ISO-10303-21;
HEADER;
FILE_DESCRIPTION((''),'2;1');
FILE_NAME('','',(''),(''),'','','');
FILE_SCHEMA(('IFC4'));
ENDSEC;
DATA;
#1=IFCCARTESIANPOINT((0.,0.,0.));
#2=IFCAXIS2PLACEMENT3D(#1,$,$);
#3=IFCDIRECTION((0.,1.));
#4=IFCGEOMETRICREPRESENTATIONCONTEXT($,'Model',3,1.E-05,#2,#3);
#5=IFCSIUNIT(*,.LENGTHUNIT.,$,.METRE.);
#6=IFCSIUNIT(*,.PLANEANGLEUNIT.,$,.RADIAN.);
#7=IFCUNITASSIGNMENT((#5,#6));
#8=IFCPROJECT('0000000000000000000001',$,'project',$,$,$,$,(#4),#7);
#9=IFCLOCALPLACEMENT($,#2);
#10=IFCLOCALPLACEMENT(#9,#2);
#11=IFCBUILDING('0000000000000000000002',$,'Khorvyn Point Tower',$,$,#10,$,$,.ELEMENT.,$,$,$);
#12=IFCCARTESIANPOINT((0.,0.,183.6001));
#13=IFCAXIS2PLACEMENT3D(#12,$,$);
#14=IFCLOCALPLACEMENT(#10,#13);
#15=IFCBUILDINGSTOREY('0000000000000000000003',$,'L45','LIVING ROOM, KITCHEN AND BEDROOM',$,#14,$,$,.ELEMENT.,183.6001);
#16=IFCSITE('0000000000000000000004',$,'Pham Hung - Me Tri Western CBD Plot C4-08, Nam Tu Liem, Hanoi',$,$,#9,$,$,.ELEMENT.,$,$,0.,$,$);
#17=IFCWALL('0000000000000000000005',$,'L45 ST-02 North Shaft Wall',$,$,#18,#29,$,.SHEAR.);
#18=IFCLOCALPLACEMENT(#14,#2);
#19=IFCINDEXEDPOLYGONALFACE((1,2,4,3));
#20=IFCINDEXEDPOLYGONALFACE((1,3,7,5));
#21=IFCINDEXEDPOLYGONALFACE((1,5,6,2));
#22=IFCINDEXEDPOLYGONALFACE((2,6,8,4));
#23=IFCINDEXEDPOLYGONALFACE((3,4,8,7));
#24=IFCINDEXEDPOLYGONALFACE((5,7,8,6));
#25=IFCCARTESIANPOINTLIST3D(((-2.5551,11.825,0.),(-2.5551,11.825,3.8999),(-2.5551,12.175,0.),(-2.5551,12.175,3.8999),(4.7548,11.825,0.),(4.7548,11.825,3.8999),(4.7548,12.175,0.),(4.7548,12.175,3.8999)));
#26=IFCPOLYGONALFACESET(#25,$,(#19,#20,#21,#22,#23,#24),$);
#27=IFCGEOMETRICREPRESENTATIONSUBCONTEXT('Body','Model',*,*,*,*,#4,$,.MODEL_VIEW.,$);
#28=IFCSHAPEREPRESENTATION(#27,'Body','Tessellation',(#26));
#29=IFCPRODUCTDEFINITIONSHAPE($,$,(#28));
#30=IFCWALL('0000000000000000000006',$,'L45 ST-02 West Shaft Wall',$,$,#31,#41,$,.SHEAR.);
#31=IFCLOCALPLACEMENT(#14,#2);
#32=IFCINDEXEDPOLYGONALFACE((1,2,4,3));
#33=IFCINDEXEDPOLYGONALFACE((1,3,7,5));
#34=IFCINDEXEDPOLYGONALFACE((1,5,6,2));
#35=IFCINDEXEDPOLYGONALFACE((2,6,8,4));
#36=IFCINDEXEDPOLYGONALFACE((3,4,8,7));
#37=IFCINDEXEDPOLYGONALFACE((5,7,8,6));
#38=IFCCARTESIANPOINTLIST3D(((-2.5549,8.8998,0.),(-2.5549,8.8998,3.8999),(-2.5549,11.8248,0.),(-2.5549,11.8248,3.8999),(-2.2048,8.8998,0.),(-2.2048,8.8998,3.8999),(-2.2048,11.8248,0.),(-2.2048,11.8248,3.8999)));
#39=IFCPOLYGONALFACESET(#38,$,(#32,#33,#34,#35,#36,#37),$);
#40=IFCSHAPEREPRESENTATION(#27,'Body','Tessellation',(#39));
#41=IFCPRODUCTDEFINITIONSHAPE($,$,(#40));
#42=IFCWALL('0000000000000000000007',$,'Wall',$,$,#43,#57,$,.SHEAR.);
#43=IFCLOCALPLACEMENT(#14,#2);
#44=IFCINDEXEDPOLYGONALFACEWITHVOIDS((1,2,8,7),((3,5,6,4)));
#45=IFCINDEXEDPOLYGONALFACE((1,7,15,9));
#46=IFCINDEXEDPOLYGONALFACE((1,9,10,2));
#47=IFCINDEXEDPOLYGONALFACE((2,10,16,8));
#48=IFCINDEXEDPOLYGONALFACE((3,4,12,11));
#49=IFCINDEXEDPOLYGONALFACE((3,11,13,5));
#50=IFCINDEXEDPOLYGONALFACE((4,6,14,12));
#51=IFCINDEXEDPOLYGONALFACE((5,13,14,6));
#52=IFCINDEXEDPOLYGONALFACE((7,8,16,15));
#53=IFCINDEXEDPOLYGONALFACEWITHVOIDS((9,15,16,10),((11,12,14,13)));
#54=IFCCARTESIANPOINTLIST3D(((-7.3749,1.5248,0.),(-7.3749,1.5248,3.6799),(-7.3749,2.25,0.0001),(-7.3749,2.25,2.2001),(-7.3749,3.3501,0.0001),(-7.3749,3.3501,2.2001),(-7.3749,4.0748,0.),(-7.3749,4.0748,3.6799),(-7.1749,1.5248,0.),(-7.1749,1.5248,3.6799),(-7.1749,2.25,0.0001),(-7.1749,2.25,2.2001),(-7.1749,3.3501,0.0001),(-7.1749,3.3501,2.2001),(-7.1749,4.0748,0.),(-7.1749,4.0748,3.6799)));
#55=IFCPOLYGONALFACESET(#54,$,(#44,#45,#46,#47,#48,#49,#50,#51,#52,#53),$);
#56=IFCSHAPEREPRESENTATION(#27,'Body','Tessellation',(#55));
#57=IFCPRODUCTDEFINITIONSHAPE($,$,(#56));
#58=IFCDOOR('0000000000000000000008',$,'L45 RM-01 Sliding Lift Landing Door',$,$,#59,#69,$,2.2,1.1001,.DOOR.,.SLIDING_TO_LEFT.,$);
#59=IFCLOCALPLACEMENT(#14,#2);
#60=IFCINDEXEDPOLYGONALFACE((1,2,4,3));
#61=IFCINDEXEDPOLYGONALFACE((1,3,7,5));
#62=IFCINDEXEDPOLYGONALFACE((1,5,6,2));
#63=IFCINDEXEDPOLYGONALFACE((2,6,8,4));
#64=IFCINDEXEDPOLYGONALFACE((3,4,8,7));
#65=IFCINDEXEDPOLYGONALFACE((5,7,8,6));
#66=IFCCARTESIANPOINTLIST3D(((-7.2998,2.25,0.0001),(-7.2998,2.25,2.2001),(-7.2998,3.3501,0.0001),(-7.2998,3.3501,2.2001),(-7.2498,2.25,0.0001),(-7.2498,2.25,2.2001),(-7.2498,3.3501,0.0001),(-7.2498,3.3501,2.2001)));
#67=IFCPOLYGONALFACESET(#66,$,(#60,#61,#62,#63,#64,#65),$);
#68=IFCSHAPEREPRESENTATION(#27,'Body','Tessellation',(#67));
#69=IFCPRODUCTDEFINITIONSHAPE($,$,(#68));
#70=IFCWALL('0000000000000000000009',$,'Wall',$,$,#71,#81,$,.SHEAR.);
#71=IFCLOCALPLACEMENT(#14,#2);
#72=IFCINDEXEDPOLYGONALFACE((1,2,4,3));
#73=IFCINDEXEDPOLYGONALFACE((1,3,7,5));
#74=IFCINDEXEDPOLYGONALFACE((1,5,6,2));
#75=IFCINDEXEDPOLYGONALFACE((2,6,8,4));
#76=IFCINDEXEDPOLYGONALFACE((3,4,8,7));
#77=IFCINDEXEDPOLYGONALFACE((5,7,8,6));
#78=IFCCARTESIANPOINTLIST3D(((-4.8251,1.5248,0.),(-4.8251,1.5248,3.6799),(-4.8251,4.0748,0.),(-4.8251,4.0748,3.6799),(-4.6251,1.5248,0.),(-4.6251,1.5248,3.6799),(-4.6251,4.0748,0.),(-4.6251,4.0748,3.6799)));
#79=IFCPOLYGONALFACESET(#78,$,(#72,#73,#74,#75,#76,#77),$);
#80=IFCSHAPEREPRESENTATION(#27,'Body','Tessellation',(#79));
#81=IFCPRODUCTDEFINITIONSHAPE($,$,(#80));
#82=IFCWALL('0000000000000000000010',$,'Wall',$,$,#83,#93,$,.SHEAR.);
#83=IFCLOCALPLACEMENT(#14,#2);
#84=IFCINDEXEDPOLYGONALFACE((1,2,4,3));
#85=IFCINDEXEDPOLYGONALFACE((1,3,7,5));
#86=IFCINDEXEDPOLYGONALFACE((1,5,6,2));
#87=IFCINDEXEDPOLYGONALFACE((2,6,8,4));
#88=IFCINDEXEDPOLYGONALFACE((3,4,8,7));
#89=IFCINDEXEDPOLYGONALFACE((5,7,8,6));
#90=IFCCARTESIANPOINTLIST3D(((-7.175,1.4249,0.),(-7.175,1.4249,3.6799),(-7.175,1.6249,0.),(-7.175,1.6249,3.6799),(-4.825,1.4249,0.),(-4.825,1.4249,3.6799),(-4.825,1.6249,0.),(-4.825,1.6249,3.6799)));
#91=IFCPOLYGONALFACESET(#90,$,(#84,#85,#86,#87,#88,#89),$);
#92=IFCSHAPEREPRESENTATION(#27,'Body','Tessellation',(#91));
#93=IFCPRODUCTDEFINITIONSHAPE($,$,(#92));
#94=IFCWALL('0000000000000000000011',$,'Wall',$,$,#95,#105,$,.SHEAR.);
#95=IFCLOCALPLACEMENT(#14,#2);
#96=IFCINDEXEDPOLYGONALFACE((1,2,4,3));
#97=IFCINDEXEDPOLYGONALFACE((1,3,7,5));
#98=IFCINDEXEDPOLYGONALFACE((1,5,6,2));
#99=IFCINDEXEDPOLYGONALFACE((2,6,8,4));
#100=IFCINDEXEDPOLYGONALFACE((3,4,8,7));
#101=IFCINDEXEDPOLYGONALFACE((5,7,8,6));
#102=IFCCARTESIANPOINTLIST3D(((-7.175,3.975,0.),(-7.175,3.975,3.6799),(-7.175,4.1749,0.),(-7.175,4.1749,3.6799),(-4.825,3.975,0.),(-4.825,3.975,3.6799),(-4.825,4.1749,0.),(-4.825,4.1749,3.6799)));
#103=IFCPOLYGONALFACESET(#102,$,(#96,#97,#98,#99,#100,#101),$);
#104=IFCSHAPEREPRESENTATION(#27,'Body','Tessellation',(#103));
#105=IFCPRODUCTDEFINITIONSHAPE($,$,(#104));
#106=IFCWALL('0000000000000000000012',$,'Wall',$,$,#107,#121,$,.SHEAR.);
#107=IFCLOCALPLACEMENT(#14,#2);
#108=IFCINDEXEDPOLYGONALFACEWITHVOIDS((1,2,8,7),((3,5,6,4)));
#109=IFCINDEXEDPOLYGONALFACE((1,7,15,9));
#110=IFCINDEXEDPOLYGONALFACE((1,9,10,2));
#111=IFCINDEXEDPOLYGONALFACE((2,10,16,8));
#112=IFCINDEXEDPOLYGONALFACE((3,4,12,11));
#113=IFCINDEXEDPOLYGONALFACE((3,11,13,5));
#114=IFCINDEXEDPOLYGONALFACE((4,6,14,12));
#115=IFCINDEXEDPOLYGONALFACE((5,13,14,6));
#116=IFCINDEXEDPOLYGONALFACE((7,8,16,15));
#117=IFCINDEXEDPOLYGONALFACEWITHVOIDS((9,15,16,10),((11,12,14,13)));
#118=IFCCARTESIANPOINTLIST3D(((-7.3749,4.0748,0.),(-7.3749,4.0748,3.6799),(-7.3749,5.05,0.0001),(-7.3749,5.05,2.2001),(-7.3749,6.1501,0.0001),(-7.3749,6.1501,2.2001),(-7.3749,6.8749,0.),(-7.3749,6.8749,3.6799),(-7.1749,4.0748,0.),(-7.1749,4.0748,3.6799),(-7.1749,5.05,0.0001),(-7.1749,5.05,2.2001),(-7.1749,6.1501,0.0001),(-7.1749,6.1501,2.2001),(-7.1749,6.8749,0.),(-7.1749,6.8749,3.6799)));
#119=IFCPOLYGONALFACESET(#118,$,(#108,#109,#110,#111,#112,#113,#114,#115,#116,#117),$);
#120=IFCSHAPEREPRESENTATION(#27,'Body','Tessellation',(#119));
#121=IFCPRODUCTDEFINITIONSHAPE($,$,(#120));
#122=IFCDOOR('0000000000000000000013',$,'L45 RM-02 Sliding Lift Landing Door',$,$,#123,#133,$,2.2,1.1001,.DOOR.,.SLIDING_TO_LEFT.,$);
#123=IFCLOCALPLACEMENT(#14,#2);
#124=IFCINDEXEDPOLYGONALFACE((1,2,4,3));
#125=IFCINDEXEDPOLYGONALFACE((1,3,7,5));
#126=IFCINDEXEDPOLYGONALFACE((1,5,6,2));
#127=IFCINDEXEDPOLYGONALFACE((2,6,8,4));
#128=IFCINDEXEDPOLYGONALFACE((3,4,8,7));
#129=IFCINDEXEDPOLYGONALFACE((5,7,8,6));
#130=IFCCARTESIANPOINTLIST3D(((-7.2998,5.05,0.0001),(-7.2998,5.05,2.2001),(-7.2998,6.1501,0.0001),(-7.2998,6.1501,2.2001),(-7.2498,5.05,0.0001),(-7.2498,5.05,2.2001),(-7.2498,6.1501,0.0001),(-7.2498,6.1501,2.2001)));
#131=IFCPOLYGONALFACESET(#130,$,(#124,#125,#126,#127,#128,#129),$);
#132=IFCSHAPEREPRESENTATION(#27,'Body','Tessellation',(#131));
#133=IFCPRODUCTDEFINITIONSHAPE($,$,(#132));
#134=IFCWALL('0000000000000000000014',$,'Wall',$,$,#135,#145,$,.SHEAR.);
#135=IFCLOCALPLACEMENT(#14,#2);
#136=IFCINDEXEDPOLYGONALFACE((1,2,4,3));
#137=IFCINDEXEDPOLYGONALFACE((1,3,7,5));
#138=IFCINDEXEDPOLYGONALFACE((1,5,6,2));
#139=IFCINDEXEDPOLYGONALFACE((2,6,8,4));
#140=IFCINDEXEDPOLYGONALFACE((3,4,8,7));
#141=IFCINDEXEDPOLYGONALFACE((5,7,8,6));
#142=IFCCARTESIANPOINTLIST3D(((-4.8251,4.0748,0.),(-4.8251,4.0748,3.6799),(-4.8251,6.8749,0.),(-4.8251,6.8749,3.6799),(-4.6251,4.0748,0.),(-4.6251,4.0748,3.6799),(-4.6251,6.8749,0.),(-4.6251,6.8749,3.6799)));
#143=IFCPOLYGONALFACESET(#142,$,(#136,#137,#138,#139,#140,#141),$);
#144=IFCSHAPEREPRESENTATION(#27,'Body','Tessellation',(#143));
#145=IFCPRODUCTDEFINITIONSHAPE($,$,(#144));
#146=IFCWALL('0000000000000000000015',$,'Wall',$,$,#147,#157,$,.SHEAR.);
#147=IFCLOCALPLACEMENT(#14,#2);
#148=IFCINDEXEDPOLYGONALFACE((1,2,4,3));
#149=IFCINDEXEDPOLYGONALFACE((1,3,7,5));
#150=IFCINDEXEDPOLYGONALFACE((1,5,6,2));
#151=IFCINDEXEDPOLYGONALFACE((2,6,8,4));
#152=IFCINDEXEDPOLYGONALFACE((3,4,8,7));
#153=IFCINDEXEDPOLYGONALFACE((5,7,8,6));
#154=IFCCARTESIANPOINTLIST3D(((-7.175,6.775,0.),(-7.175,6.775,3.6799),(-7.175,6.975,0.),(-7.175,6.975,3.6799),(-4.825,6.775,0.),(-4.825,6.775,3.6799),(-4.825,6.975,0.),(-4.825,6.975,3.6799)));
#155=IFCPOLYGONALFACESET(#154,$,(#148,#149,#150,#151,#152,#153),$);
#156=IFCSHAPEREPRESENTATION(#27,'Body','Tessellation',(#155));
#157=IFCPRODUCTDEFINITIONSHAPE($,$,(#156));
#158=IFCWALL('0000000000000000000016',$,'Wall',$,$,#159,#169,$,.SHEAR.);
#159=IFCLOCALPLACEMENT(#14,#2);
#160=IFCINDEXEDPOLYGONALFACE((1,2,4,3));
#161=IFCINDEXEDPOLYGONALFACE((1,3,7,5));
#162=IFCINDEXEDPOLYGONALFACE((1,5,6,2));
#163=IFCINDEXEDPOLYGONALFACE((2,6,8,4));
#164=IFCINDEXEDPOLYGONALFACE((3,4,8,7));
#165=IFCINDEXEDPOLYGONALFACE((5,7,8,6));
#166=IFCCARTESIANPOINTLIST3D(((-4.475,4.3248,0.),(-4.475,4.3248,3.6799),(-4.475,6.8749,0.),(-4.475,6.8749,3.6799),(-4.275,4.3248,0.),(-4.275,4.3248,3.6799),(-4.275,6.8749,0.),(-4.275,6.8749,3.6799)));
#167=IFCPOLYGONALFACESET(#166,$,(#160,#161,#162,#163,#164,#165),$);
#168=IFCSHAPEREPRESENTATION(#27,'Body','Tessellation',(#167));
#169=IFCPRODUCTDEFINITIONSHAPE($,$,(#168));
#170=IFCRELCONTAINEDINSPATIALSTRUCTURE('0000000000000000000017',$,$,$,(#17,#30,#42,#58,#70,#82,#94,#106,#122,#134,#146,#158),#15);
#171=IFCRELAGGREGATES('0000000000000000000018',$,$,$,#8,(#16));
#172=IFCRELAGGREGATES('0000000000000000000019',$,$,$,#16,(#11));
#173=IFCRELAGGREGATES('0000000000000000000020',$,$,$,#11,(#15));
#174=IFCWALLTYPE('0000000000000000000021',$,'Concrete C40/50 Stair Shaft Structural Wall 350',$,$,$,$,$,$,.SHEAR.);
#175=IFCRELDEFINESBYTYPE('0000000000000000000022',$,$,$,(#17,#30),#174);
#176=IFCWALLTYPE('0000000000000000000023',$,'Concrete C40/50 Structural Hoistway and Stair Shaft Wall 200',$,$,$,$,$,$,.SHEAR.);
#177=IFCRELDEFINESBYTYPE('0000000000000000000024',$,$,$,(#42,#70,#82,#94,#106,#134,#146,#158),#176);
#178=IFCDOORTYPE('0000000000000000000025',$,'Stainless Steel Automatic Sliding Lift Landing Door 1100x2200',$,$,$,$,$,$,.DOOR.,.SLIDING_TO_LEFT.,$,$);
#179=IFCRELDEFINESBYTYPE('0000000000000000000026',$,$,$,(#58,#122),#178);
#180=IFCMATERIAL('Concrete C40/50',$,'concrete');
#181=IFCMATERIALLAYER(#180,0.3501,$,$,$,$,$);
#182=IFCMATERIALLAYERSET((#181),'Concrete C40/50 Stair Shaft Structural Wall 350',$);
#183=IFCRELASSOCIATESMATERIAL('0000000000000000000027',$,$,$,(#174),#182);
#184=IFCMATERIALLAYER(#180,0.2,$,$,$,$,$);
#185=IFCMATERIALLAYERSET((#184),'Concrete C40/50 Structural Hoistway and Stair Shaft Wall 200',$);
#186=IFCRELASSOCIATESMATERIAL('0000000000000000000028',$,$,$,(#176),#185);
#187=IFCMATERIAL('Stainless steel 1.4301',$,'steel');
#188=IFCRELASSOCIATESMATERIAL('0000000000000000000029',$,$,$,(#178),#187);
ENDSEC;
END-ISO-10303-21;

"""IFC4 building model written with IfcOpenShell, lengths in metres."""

from ifc_helpers import new_model, si_unit, direction, frame, frame_2d, origin, place, context, subcontext, project, spatial, rectangle, extrude, material, layer, layer_set, type_object, element, fill, save


model = new_model("IFC4")

# Units and contexts
model_context = context("Model", 3, precision=1e-05, world=origin(), true_north=direction((0.0, 1.0)))
body_context = subcontext(model_context, "Body", "Model", "MODEL_VIEW")
ifc_project = project(units=[si_unit("LENGTHUNIT", "METRE"), si_unit("PLANEANGLEUNIT", "RADIAN")], contexts=[model_context])

# Site, building, storey
site_placement = place(None, origin())
site = spatial("IfcSite", under=ifc_project, at=site_placement, Name="Pham Hung - Me Tri Western CBD Plot C4-08, Nam Tu Liem, Hanoi", CompositionType="ELEMENT", RefElevation=0.0)
building_placement = place(site_placement, origin())
building = spatial("IfcBuilding", under=site, at=building_placement, Name="Khorvyn Point Tower", CompositionType="ELEMENT")
storey_placement = place(building_placement, frame((0.0, 0.0, 183.6001)))
storey = spatial("IfcBuildingStorey", under=building, at=storey_placement, Name="L45", Description="LIVING ROOM, KITCHEN AND BEDROOM", CompositionType="ELEMENT", Elevation=183.6001)

# Shared definitions
ifc_material_1 = material(Name="Concrete C40/50", Category="concrete")

# Walls
ifc_layer_1 = layer(ifc_material_1, 0.3501)
ifc_layer_set_1 = layer_set([ifc_layer_1], Name="Concrete C40/50 Stair Shaft Structural Wall 350")
wall_type_1 = type_object("IfcWallType", Name="Concrete C40/50 Stair Shaft Structural Wall 350", PredefinedType="SHEAR", material=ifc_layer_set_1)
wall_1_placement = place(storey_placement, frame((-2.5549, 12.0, 0.0), z_axis=(0.0, 0.0, 1.0), x_axis=(1.0, 0.0, 0.0)))
element("IfcWall", 1, at=wall_1_placement, inside=storey, type_object=wall_type_1, Name="L45 ST-02 North Shaft Wall", PredefinedType="SHEAR", context=body_context, shape_type="SweptSolid", body=[
    extrude(rectangle(XDim=7.3098, YDim=0.3501, at=frame_2d((3.6548, 0.0))), origin(), (0.0, 0.0, 1.0), 3.8999),
])
wall_2_placement = place(storey_placement, frame((-2.3799, 8.8999, 0.0), z_axis=(0.0, 0.0, 1.0), x_axis=(0.0, 1.0, 0.0)))
element("IfcWall", 2, at=wall_2_placement, inside=storey, type_object=wall_type_1, Name="L45 ST-02 West Shaft Wall", PredefinedType="SHEAR", context=body_context, shape_type="SweptSolid", body=[
    extrude(rectangle(XDim=2.925, YDim=0.3501, at=frame_2d((1.4624, 0.0))), origin(), (0.0, 0.0, 1.0), 3.8999),
])

# Wall, opening, door
ifc_layer_2 = layer(ifc_material_1, 0.2)
ifc_layer_set_2 = layer_set([ifc_layer_2], Name="Concrete C40/50 Structural Hoistway and Stair Shaft Wall 200")
wall_type_2 = type_object("IfcWallType", Name="Concrete C40/50 Structural Hoistway and Stair Shaft Wall 200", PredefinedType="SHEAR", material=ifc_layer_set_2)
wall_3_placement = place(storey_placement, frame((-7.2749, 1.5249, 0.0), z_axis=(0.0, 0.0, 1.0), x_axis=(0.0, 1.0, 0.0)))
wall_3 = element("IfcWall", 3, at=wall_3_placement, inside=storey, type_object=wall_type_2, Name="Wall", PredefinedType="SHEAR", context=body_context, shape_type="SweptSolid", body=[
    extrude(rectangle(XDim=2.55, YDim=0.2, at=frame_2d((1.2749, 0.0))), origin(), (0.0, 0.0, 1.0), 3.6799),
])
opening_1_placement = place(wall_3_placement, frame((0.7251, 0.0, 0.0)))
opening_1 = element("IfcOpeningElement", 4, at=opening_1_placement, cuts=wall_3, PredefinedType="OPENING", context=body_context, shape_type="SweptSolid", body=[
    extrude(rectangle(XDim=1.1001, YDim=2.2, at=frame_2d((0.55, 1.1001))), frame((0.0, 0.1099, 0.0), z_axis=(0.0, -1.0, 0.0), x_axis=(1.0, 0.0, 0.0)), (0.0, 0.0, 1.0), 0.22),
])
ifc_material_2 = material(Name="Stainless steel 1.4301", Category="steel")
door_type_1 = type_object("IfcDoorType", Name="Stainless Steel Automatic Sliding Lift Landing Door 1100x2200", OperationType="SLIDING_TO_LEFT", PredefinedType="DOOR", material=ifc_material_2)
door_1_placement = place(opening_1_placement, origin())
door_1 = element("IfcDoor", 5, at=door_1_placement, inside=storey, type_object=door_type_1, Name="L45 RM-01 Sliding Lift Landing Door", OperationType="SLIDING_TO_LEFT", OverallHeight=2.2, OverallWidth=1.1001, PredefinedType="DOOR", context=body_context, shape_type="SweptSolid", body=[
    extrude(rectangle(XDim=1.1001, YDim=2.2, at=frame_2d((0.55, 1.1001))), frame((0.0, 0.0249, 0.0), z_axis=(0.0, -1.0, 0.0), x_axis=(1.0, 0.0, 0.0)), (0.0, 0.0, 1.0), 0.05),
])
fill(opening_1, door_1)

# Walls
wall_4_placement = place(storey_placement, frame((-4.7251, 1.5249, 0.0), z_axis=(0.0, 0.0, 1.0), x_axis=(0.0, 1.0, 0.0)))
element("IfcWall", 6, at=wall_4_placement, inside=storey, type_object=wall_type_2, Name="Wall", PredefinedType="SHEAR", context=body_context, shape_type="SweptSolid", body=[
    extrude(rectangle(XDim=2.55, YDim=0.2, at=frame_2d((1.2749, 0.0))), origin(), (0.0, 0.0, 1.0), 3.6799),
])
for number, where, z_axis, x_axis, name in (
    (7, (-7.175, 1.5249, 0.0), (0.0, 0.0, 1.0), (1.0, 0.0, 0.0), "Wall"),
    (8, (-7.175, 4.075, 0.0), (0.0, 0.0, 1.0), (1.0, 0.0, 0.0), "Wall"),
):
    element("IfcWall", number, at=place(storey_placement, frame(where, z_axis=z_axis, x_axis=x_axis)), inside=storey, type_object=wall_type_2, Name=name, PredefinedType="SHEAR", context=body_context, shape_type="SweptSolid", body=[
        extrude(rectangle(XDim=2.3501, YDim=0.2, at=frame_2d((1.175, 0.0))), origin(), (0.0, 0.0, 1.0), 3.6799),
    ])

# Wall, opening, door
wall_5_placement = place(storey_placement, frame((-7.2749, 4.075, 0.0), z_axis=(0.0, 0.0, 1.0), x_axis=(0.0, 1.0, 0.0)))
wall_5 = element("IfcWall", 9, at=wall_5_placement, inside=storey, type_object=wall_type_2, Name="Wall", PredefinedType="SHEAR", context=body_context, shape_type="SweptSolid", body=[
    extrude(rectangle(XDim=2.8, YDim=0.2, at=frame_2d((1.3999, 0.0))), origin(), (0.0, 0.0, 1.0), 3.6799),
])
opening_2_placement = place(wall_5_placement, frame((0.9751, 0.0, 0.0)))
opening_2 = element("IfcOpeningElement", 10, at=opening_2_placement, cuts=wall_5, PredefinedType="OPENING", context=body_context, shape_type="SweptSolid", body=[
    extrude(rectangle(XDim=1.1001, YDim=2.2, at=frame_2d((0.55, 1.1001))), frame((0.0, 0.1099, 0.0), z_axis=(0.0, -1.0, 0.0), x_axis=(1.0, 0.0, 0.0)), (0.0, 0.0, 1.0), 0.22),
])
door_2_placement = place(opening_2_placement, origin())
door_2 = element("IfcDoor", 11, at=door_2_placement, inside=storey, type_object=door_type_1, Name="L45 RM-02 Sliding Lift Landing Door", OperationType="SLIDING_TO_LEFT", OverallHeight=2.2, OverallWidth=1.1001, PredefinedType="DOOR", context=body_context, shape_type="SweptSolid", body=[
    extrude(rectangle(XDim=1.1001, YDim=2.2, at=frame_2d((0.55, 1.1001))), frame((0.0, 0.0249, 0.0), z_axis=(0.0, -1.0, 0.0), x_axis=(1.0, 0.0, 0.0)), (0.0, 0.0, 1.0), 0.05),
])
fill(opening_2, door_2)

# Walls
wall_6_placement = place(storey_placement, frame((-4.7251, 4.075, 0.0), z_axis=(0.0, 0.0, 1.0), x_axis=(0.0, 1.0, 0.0)))
element("IfcWall", 12, at=wall_6_placement, inside=storey, type_object=wall_type_2, Name="Wall", PredefinedType="SHEAR", context=body_context, shape_type="SweptSolid", body=[
    extrude(rectangle(XDim=2.8, YDim=0.2, at=frame_2d((1.3999, 0.0))), origin(), (0.0, 0.0, 1.0), 3.6799),
])
wall_7_placement = place(storey_placement, frame((-7.175, 6.875, 0.0), z_axis=(0.0, 0.0, 1.0), x_axis=(1.0, 0.0, 0.0)))
element("IfcWall", 13, at=wall_7_placement, inside=storey, type_object=wall_type_2, Name="Wall", PredefinedType="SHEAR", context=body_context, shape_type="SweptSolid", body=[
    extrude(rectangle(XDim=2.3501, YDim=0.2, at=frame_2d((1.175, 0.0))), origin(), (0.0, 0.0, 1.0), 3.6799),
])
wall_8_placement = place(storey_placement, frame((-4.375, 4.325, 0.0), z_axis=(0.0, 0.0, 1.0), x_axis=(0.0, 1.0, 0.0)))
element("IfcWall", 14, at=wall_8_placement, inside=storey, type_object=wall_type_2, Name="Wall", PredefinedType="SHEAR", context=body_context, shape_type="SweptSolid", body=[
    extrude(rectangle(XDim=2.55, YDim=0.2, at=frame_2d((1.2749, 0.0))), origin(), (0.0, 0.0, 1.0), 3.6799),
])

save(model, "model.ifc")
